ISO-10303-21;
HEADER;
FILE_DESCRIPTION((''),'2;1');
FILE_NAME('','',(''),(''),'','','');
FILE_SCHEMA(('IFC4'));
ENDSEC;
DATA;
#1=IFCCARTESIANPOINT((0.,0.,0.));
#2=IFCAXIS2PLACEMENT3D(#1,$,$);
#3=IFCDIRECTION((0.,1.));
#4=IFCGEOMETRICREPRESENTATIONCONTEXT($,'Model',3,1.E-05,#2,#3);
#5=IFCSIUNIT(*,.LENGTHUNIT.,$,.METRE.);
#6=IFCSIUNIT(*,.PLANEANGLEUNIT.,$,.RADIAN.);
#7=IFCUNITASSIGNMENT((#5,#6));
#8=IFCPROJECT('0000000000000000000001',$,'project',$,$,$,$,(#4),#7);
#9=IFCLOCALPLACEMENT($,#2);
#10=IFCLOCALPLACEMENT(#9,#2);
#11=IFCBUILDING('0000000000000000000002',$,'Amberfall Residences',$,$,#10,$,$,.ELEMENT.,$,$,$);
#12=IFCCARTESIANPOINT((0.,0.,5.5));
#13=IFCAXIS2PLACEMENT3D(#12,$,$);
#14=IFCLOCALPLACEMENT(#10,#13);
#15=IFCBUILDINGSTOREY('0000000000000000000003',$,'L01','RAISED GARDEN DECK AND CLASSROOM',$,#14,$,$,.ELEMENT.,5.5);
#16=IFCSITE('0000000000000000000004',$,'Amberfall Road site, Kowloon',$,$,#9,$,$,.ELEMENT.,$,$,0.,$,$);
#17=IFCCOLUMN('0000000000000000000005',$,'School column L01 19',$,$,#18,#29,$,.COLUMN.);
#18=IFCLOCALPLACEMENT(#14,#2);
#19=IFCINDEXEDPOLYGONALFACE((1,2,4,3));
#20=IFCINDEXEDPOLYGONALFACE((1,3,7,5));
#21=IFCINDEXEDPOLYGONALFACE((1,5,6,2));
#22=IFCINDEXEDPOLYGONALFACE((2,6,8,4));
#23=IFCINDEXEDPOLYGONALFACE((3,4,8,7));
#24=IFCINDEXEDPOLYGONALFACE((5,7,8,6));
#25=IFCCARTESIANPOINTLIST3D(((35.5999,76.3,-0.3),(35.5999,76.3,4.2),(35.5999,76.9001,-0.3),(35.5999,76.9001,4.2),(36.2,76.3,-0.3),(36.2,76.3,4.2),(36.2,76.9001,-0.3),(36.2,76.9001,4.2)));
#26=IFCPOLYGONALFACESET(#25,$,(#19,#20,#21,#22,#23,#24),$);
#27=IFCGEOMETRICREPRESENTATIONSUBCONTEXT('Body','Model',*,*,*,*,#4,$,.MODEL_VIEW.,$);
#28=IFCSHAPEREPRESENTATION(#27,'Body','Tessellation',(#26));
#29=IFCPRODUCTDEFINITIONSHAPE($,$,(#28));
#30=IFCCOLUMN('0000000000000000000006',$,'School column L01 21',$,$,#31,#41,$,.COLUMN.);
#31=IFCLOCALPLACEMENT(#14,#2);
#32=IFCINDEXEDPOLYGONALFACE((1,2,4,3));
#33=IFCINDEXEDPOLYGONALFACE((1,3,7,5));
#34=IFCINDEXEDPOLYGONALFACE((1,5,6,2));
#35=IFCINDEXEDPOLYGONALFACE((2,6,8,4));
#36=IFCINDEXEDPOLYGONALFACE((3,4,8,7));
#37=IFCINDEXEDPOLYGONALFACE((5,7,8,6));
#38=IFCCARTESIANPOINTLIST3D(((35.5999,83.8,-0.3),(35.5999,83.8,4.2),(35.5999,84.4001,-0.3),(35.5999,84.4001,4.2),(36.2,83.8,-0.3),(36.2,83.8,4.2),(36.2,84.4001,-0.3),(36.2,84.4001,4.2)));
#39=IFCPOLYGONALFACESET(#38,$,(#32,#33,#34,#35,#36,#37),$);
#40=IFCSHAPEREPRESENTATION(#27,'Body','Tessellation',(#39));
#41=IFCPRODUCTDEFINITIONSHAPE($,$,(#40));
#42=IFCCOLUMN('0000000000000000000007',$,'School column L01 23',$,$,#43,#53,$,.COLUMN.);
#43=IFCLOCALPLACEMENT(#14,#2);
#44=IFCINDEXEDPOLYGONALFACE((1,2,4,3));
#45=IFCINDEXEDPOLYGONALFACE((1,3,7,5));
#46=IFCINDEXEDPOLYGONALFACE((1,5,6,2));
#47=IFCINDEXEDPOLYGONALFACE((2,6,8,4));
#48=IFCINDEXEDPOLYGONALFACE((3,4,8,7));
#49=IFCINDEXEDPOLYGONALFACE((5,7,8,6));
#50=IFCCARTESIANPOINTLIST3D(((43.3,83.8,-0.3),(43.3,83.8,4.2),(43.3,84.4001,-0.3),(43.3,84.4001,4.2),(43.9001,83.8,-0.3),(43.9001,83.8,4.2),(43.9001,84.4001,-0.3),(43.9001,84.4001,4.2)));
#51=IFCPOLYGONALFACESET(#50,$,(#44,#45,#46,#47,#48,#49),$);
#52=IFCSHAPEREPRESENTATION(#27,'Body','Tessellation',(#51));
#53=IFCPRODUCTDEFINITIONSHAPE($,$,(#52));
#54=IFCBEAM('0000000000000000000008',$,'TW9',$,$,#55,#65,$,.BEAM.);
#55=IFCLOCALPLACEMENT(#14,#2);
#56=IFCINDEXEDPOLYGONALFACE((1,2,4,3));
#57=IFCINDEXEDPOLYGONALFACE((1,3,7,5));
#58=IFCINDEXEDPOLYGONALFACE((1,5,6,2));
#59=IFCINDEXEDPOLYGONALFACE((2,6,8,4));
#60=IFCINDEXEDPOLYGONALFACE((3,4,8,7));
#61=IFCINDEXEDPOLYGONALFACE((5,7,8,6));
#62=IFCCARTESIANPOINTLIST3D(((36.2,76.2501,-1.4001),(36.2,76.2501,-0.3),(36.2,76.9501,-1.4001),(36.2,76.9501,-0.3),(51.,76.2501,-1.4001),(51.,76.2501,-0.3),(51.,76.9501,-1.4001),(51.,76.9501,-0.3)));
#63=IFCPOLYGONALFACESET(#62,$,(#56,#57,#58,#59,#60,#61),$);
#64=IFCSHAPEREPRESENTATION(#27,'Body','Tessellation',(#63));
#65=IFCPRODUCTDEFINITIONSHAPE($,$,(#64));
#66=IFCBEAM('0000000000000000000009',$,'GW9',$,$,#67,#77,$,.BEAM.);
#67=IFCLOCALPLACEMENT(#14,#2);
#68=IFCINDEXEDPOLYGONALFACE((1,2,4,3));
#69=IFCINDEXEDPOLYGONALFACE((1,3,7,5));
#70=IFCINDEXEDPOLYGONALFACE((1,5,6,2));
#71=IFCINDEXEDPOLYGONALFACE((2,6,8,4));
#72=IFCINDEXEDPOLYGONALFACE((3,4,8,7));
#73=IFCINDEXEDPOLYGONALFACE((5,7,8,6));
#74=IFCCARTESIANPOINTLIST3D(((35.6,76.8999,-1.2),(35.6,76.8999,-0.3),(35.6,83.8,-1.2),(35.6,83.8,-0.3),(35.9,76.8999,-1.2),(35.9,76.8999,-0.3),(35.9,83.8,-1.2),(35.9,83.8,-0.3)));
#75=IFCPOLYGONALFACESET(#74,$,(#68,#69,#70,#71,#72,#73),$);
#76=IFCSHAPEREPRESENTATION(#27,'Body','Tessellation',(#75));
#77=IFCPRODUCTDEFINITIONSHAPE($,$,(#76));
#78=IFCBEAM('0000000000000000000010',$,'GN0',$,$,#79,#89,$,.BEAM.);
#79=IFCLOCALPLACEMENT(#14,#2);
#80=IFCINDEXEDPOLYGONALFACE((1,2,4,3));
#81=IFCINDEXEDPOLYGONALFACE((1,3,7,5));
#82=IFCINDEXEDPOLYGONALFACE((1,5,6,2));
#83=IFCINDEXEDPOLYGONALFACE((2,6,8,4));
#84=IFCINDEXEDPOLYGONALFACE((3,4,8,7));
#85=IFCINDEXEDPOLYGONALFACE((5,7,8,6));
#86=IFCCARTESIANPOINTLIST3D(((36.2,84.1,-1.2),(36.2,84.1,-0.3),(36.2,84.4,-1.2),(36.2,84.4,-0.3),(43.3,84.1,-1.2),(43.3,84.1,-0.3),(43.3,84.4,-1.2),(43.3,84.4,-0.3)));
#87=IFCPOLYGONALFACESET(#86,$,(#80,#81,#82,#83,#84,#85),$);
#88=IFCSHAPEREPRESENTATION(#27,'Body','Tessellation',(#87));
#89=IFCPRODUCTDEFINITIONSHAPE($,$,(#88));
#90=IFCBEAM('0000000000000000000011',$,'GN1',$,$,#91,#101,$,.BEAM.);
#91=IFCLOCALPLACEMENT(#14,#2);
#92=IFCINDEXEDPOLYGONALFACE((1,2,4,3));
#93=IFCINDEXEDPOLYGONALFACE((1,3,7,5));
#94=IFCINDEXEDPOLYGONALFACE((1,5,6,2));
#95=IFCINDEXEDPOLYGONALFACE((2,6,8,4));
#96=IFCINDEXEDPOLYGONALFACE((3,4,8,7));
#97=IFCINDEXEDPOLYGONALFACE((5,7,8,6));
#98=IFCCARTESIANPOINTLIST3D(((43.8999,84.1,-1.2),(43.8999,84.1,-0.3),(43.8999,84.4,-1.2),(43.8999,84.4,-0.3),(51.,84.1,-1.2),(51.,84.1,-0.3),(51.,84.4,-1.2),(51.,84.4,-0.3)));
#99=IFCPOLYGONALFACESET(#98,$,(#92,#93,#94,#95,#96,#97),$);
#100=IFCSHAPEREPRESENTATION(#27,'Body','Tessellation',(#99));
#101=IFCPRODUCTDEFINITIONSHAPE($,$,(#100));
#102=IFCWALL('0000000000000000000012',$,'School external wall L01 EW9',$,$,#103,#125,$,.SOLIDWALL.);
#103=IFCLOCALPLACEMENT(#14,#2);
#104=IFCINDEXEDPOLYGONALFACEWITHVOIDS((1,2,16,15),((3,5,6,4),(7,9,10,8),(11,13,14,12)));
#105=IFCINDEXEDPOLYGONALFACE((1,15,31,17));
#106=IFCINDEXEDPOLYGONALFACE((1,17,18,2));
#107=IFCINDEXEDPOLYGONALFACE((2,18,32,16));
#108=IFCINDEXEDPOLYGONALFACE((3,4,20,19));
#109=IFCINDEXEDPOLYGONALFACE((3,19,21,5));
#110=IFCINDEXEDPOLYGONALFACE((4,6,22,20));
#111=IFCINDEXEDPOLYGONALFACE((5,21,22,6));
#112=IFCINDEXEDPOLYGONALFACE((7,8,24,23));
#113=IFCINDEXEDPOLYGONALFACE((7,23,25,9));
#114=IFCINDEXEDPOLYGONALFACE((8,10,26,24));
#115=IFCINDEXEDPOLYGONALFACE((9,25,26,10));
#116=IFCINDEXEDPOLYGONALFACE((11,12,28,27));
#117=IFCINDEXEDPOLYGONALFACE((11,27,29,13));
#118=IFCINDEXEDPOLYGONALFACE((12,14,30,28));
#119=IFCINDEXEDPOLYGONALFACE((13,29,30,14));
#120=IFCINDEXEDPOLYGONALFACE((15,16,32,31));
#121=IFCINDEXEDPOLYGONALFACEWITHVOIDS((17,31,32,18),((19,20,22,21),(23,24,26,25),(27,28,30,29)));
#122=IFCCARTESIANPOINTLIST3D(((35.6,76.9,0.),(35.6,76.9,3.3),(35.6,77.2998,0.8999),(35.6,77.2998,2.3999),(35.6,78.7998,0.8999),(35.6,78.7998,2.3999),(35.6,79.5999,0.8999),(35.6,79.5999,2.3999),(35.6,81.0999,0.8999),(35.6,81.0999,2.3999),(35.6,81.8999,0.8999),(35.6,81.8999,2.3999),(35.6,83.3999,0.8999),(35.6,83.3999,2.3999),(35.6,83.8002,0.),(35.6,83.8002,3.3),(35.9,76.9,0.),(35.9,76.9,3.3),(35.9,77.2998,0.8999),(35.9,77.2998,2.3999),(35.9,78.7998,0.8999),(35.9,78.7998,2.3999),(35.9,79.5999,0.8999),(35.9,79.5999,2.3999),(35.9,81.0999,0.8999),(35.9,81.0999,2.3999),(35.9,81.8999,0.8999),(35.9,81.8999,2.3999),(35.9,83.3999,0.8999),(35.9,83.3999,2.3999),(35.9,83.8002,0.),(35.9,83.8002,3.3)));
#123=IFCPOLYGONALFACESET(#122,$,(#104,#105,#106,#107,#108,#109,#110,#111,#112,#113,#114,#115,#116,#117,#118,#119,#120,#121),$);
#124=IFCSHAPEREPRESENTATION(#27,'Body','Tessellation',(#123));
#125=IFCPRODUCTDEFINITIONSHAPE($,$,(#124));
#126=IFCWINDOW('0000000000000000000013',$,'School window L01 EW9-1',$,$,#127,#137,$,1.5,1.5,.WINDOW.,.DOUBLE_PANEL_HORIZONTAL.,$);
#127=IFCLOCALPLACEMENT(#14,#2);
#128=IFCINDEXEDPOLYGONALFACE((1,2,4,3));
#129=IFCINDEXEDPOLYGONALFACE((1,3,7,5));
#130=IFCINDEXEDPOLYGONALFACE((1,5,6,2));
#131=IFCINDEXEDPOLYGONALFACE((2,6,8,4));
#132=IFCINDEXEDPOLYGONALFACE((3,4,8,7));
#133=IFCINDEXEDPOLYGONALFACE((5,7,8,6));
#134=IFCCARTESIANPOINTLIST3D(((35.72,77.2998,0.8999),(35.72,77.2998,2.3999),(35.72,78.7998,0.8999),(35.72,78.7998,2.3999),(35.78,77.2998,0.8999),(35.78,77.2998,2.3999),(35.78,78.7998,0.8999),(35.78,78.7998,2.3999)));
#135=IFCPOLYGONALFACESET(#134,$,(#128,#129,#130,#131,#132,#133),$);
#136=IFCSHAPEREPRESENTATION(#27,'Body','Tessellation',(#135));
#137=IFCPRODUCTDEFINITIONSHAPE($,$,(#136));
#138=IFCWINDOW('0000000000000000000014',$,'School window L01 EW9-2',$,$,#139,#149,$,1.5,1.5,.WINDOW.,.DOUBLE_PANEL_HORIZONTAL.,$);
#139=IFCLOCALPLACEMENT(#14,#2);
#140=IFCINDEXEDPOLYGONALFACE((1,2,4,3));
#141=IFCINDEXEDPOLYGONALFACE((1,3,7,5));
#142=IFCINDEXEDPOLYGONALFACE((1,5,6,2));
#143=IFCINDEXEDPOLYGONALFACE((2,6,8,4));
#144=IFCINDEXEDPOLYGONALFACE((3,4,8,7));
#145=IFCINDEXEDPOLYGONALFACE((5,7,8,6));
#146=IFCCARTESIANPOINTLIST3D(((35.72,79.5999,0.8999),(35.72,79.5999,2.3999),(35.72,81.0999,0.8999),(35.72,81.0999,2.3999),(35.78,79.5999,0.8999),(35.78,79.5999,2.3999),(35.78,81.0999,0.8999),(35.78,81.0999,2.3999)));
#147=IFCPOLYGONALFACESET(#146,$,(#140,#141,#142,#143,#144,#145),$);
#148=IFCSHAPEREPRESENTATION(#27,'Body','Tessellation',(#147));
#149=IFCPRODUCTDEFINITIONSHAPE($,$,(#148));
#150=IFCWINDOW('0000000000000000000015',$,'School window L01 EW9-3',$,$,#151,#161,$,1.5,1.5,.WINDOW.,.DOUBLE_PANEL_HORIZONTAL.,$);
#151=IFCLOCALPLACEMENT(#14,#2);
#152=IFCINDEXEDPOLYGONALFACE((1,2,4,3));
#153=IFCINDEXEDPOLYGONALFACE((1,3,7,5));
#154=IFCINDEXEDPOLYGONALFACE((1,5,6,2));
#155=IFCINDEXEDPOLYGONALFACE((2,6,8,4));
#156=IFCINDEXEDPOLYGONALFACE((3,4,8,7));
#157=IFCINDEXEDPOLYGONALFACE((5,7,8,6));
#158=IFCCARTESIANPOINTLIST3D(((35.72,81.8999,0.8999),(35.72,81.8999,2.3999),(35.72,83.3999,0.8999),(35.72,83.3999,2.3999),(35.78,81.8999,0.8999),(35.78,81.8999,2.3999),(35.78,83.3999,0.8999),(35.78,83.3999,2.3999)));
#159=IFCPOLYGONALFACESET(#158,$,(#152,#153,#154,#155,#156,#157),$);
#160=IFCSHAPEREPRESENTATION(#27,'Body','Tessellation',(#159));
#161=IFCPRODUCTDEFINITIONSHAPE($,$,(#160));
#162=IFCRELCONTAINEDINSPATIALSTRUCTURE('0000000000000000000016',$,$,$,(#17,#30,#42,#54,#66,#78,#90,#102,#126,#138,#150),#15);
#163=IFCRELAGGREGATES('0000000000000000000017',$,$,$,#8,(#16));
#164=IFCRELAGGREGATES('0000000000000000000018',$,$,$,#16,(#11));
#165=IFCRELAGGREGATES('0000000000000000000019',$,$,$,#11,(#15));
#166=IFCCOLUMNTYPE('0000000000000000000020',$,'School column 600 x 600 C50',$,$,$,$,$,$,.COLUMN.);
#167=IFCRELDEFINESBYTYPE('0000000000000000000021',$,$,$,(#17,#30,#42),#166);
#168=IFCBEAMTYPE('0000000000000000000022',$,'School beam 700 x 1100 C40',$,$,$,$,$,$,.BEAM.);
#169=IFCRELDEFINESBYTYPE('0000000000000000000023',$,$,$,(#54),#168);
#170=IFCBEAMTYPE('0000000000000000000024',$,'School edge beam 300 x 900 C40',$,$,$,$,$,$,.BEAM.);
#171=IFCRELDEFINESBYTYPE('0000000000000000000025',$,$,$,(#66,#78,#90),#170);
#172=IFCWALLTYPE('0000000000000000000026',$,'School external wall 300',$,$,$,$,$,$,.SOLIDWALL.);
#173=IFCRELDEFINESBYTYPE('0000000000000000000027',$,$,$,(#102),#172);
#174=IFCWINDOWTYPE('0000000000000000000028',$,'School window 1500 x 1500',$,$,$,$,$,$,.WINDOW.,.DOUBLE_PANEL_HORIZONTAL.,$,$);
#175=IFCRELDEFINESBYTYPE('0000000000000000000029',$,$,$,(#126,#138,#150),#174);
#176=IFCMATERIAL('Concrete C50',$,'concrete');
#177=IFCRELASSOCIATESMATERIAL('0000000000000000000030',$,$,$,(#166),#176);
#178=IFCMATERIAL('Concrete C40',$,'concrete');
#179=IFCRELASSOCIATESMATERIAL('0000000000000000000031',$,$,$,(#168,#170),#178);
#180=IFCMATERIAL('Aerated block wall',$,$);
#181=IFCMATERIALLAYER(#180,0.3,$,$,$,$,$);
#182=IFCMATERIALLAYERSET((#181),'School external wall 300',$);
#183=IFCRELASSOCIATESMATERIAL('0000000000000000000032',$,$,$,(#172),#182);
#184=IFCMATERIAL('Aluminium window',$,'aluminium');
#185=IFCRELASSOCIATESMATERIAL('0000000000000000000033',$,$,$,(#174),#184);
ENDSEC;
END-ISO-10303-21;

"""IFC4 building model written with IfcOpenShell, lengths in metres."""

from ifc_helpers import new_model, si_unit, direction, frame, frame_2d, origin, origin_2d, place, context, subcontext, project, spatial, rectangle, extrude, material, layer, layer_set, material_profile, profile_set, type_object, element, fill, save


model = new_model("IFC4")

# Units and contexts
model_context = context("Model", 3, precision=1e-05, world=origin(), true_north=direction((0.0, 1.0)))
body_context = subcontext(model_context, "Body", "Model", "MODEL_VIEW")
ifc_project = project(units=[si_unit("LENGTHUNIT", "METRE"), si_unit("PLANEANGLEUNIT", "RADIAN")], contexts=[model_context])

# Site, building, storey
site_placement = place(None, origin())
site = spatial("IfcSite", under=ifc_project, at=site_placement, Name="Amberfall Road site, Kowloon", CompositionType="ELEMENT", RefElevation=0.0)
building_placement = place(site_placement, origin())
building = spatial("IfcBuilding", under=site, at=building_placement, Name="Amberfall Residences", CompositionType="ELEMENT")
storey_placement = place(building_placement, frame((0.0, 0.0, 5.5)))
storey = spatial("IfcBuildingStorey", under=building, at=storey_placement, Name="L01", Description="RAISED GARDEN DECK AND CLASSROOM", CompositionType="ELEMENT", Elevation=5.5)

# Columns
ifc_material_1 = material(Name="Concrete C50", Category="concrete")
ifc_material_profile_1 = material_profile(ifc_material_1, rectangle(XDim=0.6001, YDim=0.6001, at=origin_2d()), Name="School column 600 x 600 C50")
ifc_profile_set_1 = profile_set([ifc_material_profile_1], Name="Concrete C50")
column_type = type_object("IfcColumnType", Name="School column 600 x 600 C50", PredefinedType="COLUMN", material=ifc_profile_set_1)
for number, where, z_axis, x_axis, name in (
    (1, (35.8999, 76.6001, -0.3), (0.0, 0.0, 1.0), (1.0, 0.0, 0.0), "School column L01 19"),
    (2, (35.8999, 84.1001, -0.3), (0.0, 0.0, 1.0), (1.0, 0.0, 0.0), "School column L01 21"),
    (3, (43.6001, 84.1001, -0.3), (0.0, 0.0, 1.0), (1.0, 0.0, 0.0), "School column L01 23"),
):
    element("IfcColumn", number, at=place(storey_placement, frame(where, z_axis=z_axis, x_axis=x_axis)), inside=storey, type_object=column_type, Name=name, PredefinedType="COLUMN", context=body_context, shape_type="SweptSolid", body=[
        extrude(rectangle(XDim=0.6001, YDim=0.6001, at=origin_2d()), origin(), (0.0, 0.0, 1.0), 4.5),
    ])

# Beams
ifc_material_2 = material(Name="Concrete C40", Category="concrete")
ifc_material_profile_2 = material_profile(ifc_material_2, rectangle(XDim=0.7, YDim=1.1001, at=origin_2d()), Name="School beam 700 x 1100 C40")
ifc_profile_set_2 = profile_set([ifc_material_profile_2], Name="Concrete C40")
beam_type_1 = type_object("IfcBeamType", Name="School beam 700 x 1100 C40", PredefinedType="BEAM", material=ifc_profile_set_2)
beam_1_placement = place(storey_placement, frame((36.2, 76.6001, -0.8501), z_axis=(1.0, 0.0, 0.0), x_axis=(0.0, 1.0, 0.0)))
element("IfcBeam", 4, at=beam_1_placement, inside=storey, type_object=beam_type_1, Name="TW9", PredefinedType="BEAM", context=body_context, shape_type="SweptSolid", body=[
    extrude(rectangle(XDim=0.7, YDim=1.1001, at=origin_2d()), origin(), (0.0, 0.0, 1.0), 14.8),
])
ifc_material_profile_3 = material_profile(ifc_material_2, rectangle(XDim=0.3, YDim=0.8999, at=origin_2d()), Name="School edge beam 300 x 900 C40")
ifc_profile_set_3 = profile_set([ifc_material_profile_3], Name="Concrete C40")
beam_type_2 = type_object("IfcBeamType", Name="School edge beam 300 x 900 C40", PredefinedType="BEAM", material=ifc_profile_set_3)
beam_2_placement = place(storey_placement, frame((35.75, 76.8999, -0.75), z_axis=(0.0, 1.0, 0.0), x_axis=(-1.0, 0.0, 0.0)))
element("IfcBeam", 5, at=beam_2_placement, inside=storey, type_object=beam_type_2, Name="GW9", PredefinedType="BEAM", context=body_context, shape_type="SweptSolid", body=[
    extrude(rectangle(XDim=0.3, YDim=0.8999, at=origin_2d()), origin(), (0.0, 0.0, 1.0), 6.9001),
])
for number, where, z_axis, x_axis, name in (
    (6, (36.2, 84.25, -0.75), (1.0, 0.0, 0.0), (0.0, 1.0, 0.0), "GN0"),
    (7, (43.8999, 84.25, -0.75), (1.0, 0.0, 0.0), (0.0, 1.0, 0.0), "GN1"),
):
    element("IfcBeam", number, at=place(storey_placement, frame(where, z_axis=z_axis, x_axis=x_axis)), inside=storey, type_object=beam_type_2, Name=name, PredefinedType="BEAM", context=body_context, shape_type="SweptSolid", body=[
        extrude(rectangle(XDim=0.3, YDim=0.8999, at=origin_2d()), origin(), (0.0, 0.0, 1.0), 7.1001),
    ])

# Wall, openings, windows
ifc_material_3 = material(Name="Aerated block wall")
ifc_layer_1 = layer(ifc_material_3, 0.3)
ifc_layer_set_1 = layer_set([ifc_layer_1], Name="School external wall 300")
wall_type_1 = type_object("IfcWallType", Name="School external wall 300", PredefinedType="SOLIDWALL", material=ifc_layer_set_1)
wall_1_placement = place(storey_placement, frame((35.75, 76.8999, 0.0), z_axis=(0.0, 0.0, 1.0), x_axis=(0.0, 1.0, 0.0)))
wall_1 = element("IfcWall", 8, at=wall_1_placement, inside=storey, type_object=wall_type_1, Name="School external wall L01 EW9", PredefinedType="SOLIDWALL", context=body_context, shape_type="SweptSolid", body=[
    extrude(rectangle(XDim=6.9001, YDim=0.3, at=frame_2d((3.4502, 0.0))), origin(), (0.0, 0.0, 1.0), 3.3),
])
opening_1_placement = place(wall_1_placement, frame((0.3999, 0.0, 0.8999)))
opening_1 = element("IfcOpeningElement", 9, at=opening_1_placement, cuts=wall_1, PredefinedType="OPENING", context=body_context, shape_type="SweptSolid", body=[
    extrude(rectangle(XDim=1.5, YDim=1.5, at=frame_2d((0.75, 0.75))), frame((0.0, 0.1599, 0.0), z_axis=(0.0, -1.0, 0.0), x_axis=(1.0, 0.0, 0.0)), (0.0, 0.0, 1.0), 0.3201),
])
opening_2_placement = place(wall_1_placement, frame((2.7, 0.0, 0.8999)))
opening_2 = element("IfcOpeningElement", 10, at=opening_2_placement, cuts=wall_1, PredefinedType="OPENING", context=body_context, shape_type="SweptSolid", body=[
    extrude(rectangle(XDim=1.5, YDim=1.5, at=frame_2d((0.75, 0.75))), frame((0.0, 0.1599, 0.0), z_axis=(0.0, -1.0, 0.0), x_axis=(1.0, 0.0, 0.0)), (0.0, 0.0, 1.0), 0.3201),
])
opening_3_placement = place(wall_1_placement, frame((5.0, 0.0, 0.8999)))
opening_3 = element("IfcOpeningElement", 11, at=opening_3_placement, cuts=wall_1, PredefinedType="OPENING", context=body_context, shape_type="SweptSolid", body=[
    extrude(rectangle(XDim=1.5, YDim=1.5, at=frame_2d((0.75, 0.75))), frame((0.0, 0.1599, 0.0), z_axis=(0.0, -1.0, 0.0), x_axis=(1.0, 0.0, 0.0)), (0.0, 0.0, 1.0), 0.3201),
])
ifc_material_4 = material(Name="Aluminium window", Category="aluminium")
window_type = type_object("IfcWindowType", Name="School window 1500 x 1500", PartitioningType="DOUBLE_PANEL_HORIZONTAL", PredefinedType="WINDOW", material=ifc_material_4)
window_1_placement = place(opening_1_placement, origin())
window_1 = element("IfcWindow", 12, at=window_1_placement, inside=storey, type_object=window_type, Name="School window L01 EW9-1", OverallHeight=1.5, OverallWidth=1.5, PartitioningType="DOUBLE_PANEL_HORIZONTAL", PredefinedType="WINDOW", context=body_context, shape_type="SweptSolid", body=[
    extrude(rectangle(XDim=1.5, YDim=1.5, at=frame_2d((0.75, 0.75))), frame((0.0, 0.03, 0.0), z_axis=(0.0, -1.0, 0.0), x_axis=(1.0, 0.0, 0.0)), (0.0, 0.0, 1.0), 0.0601),
])
fill(opening_1, window_1)
window_2_placement = place(opening_2_placement, origin())
window_2 = element("IfcWindow", 13, at=window_2_placement, inside=storey, type_object=window_type, Name="School window L01 EW9-2", OverallHeight=1.5, OverallWidth=1.5, PartitioningType="DOUBLE_PANEL_HORIZONTAL", PredefinedType="WINDOW", context=body_context, shape_type="SweptSolid", body=[
    extrude(rectangle(XDim=1.5, YDim=1.5, at=frame_2d((0.75, 0.75))), frame((0.0, 0.03, 0.0), z_axis=(0.0, -1.0, 0.0), x_axis=(1.0, 0.0, 0.0)), (0.0, 0.0, 1.0), 0.0601),
])
fill(opening_2, window_2)
window_3_placement = place(opening_3_placement, origin())
window_3 = element("IfcWindow", 14, at=window_3_placement, inside=storey, type_object=window_type, Name="School window L01 EW9-3", OverallHeight=1.5, OverallWidth=1.5, PartitioningType="DOUBLE_PANEL_HORIZONTAL", PredefinedType="WINDOW", context=body_context, shape_type="SweptSolid", body=[
    extrude(rectangle(XDim=1.5, YDim=1.5, at=frame_2d((0.75, 0.75))), frame((0.0, 0.03, 0.0), z_axis=(0.0, -1.0, 0.0), x_axis=(1.0, 0.0, 0.0)), (0.0, 0.0, 1.0), 0.0601),
])
fill(opening_3, window_3)

save(model, "model.ifc")
